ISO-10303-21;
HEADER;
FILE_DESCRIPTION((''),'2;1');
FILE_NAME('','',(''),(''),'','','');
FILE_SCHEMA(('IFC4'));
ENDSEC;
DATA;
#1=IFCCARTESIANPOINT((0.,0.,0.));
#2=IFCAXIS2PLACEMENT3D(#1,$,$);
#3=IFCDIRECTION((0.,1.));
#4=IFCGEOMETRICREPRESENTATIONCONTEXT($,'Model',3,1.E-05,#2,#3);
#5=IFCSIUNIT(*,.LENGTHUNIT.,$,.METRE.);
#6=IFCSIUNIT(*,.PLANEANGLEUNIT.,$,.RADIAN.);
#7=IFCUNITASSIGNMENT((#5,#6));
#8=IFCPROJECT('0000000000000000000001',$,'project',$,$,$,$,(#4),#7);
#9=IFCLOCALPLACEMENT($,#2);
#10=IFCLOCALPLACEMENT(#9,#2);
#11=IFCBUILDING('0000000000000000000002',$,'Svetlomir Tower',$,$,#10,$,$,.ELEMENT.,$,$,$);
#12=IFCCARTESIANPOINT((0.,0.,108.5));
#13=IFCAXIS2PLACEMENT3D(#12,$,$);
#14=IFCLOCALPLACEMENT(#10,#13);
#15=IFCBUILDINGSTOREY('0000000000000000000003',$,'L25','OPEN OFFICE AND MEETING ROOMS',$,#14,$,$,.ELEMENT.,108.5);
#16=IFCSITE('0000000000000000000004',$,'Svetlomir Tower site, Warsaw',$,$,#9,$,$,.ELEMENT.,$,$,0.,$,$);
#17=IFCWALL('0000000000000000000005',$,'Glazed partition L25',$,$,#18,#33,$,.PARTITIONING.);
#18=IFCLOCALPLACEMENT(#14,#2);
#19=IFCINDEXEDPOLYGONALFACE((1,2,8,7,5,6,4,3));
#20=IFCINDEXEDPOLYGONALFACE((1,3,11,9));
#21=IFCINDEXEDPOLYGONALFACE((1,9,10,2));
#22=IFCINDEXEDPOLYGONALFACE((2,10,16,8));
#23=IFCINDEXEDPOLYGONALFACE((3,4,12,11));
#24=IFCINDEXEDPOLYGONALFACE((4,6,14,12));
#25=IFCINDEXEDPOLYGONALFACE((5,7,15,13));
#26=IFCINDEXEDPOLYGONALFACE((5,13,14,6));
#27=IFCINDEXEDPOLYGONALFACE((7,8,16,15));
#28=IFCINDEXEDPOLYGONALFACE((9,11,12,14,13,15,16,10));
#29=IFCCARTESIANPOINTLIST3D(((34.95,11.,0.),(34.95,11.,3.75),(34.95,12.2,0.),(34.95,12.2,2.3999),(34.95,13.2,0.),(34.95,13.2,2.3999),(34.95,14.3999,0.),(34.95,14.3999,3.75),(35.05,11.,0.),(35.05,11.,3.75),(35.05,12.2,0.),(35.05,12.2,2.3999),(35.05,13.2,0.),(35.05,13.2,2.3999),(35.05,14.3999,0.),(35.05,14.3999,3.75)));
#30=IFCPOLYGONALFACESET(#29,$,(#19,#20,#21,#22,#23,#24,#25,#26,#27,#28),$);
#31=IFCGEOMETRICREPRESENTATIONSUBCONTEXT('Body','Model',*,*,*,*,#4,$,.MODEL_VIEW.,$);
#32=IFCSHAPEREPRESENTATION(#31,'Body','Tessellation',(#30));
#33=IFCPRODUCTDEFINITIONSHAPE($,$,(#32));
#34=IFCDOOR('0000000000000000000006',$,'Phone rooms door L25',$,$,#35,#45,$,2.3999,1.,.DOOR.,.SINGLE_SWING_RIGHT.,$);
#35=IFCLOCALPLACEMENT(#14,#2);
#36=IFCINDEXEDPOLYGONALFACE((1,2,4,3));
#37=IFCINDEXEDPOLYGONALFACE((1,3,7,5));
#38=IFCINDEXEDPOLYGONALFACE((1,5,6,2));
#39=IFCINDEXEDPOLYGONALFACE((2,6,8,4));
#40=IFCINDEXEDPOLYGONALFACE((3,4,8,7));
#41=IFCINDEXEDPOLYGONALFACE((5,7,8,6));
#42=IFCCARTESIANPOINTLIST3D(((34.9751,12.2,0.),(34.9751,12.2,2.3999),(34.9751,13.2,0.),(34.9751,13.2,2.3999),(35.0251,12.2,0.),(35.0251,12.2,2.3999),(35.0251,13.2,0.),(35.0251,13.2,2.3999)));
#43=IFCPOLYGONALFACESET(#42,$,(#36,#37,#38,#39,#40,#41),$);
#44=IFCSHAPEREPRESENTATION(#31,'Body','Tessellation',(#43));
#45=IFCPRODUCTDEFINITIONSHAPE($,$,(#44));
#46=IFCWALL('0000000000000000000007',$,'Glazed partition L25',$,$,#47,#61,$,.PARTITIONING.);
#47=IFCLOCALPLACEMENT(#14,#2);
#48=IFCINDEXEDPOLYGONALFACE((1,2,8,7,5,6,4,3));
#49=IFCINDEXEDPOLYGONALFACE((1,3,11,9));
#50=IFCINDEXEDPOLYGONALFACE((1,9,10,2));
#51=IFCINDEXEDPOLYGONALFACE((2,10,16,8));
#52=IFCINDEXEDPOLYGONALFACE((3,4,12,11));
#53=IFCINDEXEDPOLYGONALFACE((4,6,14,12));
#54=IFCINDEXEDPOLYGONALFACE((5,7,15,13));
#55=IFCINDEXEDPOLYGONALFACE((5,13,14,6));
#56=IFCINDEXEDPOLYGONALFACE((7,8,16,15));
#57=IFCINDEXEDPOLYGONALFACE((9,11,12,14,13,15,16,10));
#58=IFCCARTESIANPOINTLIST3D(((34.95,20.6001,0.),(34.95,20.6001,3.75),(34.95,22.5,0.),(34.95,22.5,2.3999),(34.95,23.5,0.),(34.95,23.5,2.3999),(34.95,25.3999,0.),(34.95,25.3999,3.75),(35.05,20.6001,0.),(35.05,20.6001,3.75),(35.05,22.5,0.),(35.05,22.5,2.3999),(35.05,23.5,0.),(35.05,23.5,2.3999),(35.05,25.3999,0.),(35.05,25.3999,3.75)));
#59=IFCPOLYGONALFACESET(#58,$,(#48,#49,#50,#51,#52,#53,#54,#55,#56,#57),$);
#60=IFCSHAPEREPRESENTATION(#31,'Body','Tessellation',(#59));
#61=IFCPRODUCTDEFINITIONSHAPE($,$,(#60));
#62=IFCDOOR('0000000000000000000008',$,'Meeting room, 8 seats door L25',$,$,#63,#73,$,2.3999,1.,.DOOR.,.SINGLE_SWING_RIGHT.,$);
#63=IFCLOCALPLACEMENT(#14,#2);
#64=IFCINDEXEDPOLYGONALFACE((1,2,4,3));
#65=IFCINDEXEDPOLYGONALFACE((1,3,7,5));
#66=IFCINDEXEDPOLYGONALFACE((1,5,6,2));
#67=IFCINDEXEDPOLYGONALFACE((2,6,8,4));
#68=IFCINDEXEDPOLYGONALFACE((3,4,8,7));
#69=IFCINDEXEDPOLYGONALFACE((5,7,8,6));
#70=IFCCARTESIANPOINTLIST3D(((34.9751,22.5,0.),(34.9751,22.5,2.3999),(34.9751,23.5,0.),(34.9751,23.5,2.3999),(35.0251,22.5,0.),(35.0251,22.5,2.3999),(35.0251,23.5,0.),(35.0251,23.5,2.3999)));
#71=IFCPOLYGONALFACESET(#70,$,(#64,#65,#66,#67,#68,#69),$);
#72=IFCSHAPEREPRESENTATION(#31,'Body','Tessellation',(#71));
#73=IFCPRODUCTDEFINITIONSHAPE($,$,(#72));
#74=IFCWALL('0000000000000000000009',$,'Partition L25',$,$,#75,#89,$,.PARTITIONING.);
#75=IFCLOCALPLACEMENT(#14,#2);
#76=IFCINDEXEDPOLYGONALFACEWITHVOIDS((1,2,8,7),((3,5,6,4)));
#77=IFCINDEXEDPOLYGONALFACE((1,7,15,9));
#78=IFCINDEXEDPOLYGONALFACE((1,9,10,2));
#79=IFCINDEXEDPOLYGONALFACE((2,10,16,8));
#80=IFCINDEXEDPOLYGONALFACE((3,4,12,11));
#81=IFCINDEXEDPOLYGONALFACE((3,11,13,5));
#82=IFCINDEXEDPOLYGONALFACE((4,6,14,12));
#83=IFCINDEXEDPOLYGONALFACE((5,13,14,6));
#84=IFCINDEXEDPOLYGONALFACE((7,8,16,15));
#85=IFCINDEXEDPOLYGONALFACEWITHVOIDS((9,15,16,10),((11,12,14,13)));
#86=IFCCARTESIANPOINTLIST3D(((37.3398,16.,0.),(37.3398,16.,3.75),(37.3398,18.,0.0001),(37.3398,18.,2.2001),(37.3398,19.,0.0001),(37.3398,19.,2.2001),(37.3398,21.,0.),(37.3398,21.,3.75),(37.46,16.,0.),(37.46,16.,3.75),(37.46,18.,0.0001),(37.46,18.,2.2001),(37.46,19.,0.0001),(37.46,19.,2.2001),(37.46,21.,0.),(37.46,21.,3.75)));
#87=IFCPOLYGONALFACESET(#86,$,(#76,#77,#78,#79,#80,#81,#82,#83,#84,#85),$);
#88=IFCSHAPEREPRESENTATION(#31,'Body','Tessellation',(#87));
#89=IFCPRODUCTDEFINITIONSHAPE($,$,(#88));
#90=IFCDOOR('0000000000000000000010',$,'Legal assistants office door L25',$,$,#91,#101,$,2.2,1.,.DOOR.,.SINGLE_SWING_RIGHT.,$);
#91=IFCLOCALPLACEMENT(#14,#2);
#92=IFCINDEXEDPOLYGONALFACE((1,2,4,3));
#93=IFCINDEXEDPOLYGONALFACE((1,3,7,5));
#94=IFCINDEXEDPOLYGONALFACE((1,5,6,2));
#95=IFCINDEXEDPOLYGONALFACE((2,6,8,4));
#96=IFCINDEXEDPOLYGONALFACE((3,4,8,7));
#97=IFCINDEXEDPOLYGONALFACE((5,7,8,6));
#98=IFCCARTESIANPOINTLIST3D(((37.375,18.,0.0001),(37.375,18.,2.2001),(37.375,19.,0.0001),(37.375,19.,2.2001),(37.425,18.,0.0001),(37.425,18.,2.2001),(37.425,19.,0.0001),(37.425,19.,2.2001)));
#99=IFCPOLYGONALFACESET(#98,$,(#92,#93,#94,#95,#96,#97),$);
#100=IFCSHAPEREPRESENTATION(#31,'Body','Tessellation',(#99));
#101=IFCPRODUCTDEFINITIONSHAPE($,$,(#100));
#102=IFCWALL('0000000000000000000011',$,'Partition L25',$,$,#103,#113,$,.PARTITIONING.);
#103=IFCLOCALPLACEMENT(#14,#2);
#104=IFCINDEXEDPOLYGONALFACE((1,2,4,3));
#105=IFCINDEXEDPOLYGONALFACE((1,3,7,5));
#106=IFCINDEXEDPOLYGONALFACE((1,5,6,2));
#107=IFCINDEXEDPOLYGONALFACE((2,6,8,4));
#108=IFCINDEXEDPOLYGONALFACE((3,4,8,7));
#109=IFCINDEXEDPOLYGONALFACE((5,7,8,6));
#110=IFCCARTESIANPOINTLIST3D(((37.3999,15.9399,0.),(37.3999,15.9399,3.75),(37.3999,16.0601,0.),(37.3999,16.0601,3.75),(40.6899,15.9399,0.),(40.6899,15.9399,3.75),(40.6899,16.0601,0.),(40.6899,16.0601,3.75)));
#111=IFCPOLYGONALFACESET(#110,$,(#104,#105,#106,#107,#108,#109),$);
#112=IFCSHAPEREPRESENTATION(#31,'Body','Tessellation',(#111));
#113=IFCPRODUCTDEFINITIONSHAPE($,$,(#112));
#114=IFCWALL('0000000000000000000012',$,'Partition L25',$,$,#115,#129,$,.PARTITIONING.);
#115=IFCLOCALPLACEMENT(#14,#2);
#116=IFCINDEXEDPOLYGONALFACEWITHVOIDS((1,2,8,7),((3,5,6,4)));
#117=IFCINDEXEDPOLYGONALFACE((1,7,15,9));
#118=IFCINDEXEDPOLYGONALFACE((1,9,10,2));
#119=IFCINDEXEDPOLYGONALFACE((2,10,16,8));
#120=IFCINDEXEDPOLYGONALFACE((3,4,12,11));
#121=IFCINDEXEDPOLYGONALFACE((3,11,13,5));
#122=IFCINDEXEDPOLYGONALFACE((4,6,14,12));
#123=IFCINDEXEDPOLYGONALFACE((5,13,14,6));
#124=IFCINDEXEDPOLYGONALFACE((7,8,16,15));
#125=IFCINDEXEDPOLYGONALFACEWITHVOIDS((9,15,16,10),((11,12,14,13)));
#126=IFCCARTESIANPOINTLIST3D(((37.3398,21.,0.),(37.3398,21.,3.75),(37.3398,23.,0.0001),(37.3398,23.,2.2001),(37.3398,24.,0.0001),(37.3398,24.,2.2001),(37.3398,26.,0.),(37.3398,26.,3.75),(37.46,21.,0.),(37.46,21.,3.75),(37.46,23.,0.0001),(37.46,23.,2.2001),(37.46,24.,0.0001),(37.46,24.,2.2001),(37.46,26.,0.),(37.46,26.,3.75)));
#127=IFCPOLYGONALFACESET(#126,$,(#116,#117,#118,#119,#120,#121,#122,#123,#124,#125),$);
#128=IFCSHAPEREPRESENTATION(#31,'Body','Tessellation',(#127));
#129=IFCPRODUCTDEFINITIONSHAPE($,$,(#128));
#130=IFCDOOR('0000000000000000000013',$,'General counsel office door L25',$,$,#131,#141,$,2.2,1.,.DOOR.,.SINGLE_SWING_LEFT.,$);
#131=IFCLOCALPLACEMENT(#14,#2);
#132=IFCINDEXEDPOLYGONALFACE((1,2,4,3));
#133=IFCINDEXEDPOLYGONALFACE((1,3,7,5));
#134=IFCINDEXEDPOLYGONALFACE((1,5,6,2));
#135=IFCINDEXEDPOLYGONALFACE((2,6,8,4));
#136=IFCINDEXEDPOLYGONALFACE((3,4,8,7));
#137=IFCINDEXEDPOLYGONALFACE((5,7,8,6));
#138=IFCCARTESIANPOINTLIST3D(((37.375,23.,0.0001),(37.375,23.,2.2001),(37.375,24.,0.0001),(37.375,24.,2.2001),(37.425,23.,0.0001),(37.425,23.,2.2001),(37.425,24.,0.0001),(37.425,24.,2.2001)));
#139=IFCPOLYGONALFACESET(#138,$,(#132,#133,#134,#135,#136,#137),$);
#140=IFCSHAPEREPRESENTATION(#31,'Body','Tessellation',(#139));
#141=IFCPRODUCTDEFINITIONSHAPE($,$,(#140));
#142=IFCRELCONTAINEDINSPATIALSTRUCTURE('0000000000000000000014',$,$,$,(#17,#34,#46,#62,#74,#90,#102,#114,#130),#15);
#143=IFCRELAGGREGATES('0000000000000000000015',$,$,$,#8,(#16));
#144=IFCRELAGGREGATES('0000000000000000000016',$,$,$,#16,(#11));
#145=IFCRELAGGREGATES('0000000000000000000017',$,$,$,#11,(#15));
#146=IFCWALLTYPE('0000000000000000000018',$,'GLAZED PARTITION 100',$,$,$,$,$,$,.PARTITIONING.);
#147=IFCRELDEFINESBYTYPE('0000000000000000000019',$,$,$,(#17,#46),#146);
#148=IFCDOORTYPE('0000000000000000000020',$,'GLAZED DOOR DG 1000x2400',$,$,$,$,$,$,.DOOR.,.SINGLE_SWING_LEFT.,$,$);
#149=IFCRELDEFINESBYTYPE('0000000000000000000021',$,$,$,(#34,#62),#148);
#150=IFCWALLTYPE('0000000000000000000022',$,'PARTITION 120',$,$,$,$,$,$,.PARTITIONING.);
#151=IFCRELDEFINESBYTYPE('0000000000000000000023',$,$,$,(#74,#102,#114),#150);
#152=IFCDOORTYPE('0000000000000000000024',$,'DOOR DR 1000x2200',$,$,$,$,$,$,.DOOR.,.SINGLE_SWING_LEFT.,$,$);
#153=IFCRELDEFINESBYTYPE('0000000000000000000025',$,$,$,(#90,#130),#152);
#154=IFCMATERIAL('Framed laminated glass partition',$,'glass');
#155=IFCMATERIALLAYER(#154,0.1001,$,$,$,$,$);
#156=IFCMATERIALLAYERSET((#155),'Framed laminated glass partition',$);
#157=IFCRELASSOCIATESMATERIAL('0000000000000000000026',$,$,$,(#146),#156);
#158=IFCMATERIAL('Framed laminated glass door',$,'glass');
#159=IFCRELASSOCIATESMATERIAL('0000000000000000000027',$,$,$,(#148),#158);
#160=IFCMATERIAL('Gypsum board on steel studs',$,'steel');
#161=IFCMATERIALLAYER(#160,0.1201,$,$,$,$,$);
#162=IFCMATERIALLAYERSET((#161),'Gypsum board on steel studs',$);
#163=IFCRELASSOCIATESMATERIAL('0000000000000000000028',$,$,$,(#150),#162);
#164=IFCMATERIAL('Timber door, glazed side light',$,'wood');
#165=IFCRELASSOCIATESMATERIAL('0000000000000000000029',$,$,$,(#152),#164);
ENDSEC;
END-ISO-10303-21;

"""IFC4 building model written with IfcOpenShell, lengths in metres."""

from ifc_helpers import new_model, si_unit, direction, frame, frame_2d, origin, place, context, subcontext, project, spatial, rectangle, extrude, material, layer, layer_set, type_object, element, fill, save


model = new_model("IFC4")

# Units and contexts
model_context = context("Model", 3, precision=1e-05, world=origin(), true_north=direction((0.0, 1.0)))
body_context = subcontext(model_context, "Body", "Model", "MODEL_VIEW")
ifc_project = project(units=[si_unit("LENGTHUNIT", "METRE"), si_unit("PLANEANGLEUNIT", "RADIAN")], contexts=[model_context])

# Site, building, storey
site_placement = place(None, origin())
site = spatial("IfcSite", under=ifc_project, at=site_placement, Name="Svetlomir Tower site, Warsaw", CompositionType="ELEMENT", RefElevation=0.0)
building_placement = place(site_placement, origin())
building = spatial("IfcBuilding", under=site, at=building_placement, Name="Svetlomir Tower", CompositionType="ELEMENT")
storey_placement = place(building_placement, frame((0.0, 0.0, 108.5)))
storey = spatial("IfcBuildingStorey", under=building, at=storey_placement, Name="L25", Description="OPEN OFFICE AND MEETING ROOMS", CompositionType="ELEMENT", Elevation=108.5)

# Shared definitions
ifc_material_1 = material(Name="Framed laminated glass partition", Category="glass")
ifc_layer_1 = layer(ifc_material_1, 0.1001)
ifc_layer_set_1 = layer_set([ifc_layer_1], Name="Framed laminated glass partition")
wall_type_1 = type_object("IfcWallType", Name="GLAZED PARTITION 100", PredefinedType="PARTITIONING", material=ifc_layer_set_1)

# Walls, openings, doors
wall_1_placement = place(storey_placement, frame((35.0, 11.0, 0.0), z_axis=(0.0, 0.0, 1.0), x_axis=(0.0, 1.0, 0.0)))
wall_1 = element("IfcWall", 1, at=wall_1_placement, inside=storey, type_object=wall_type_1, Name="Glazed partition L25", PredefinedType="PARTITIONING", context=body_context, shape_type="SweptSolid", body=[
    extrude(rectangle(XDim=3.3999, YDim=0.1001, at=frame_2d((1.7, 0.0))), origin(), (0.0, 0.0, 1.0), 3.75),
])
opening_1_placement = place(wall_1_placement, frame((1.2, 0.0, 0.0)))
opening_1 = element("IfcOpeningElement", 2, at=opening_1_placement, cuts=wall_1, PredefinedType="OPENING", context=body_context, shape_type="SweptSolid", body=[
    extrude(rectangle(XDim=1.0, YDim=2.3999, at=frame_2d((0.5, 1.2))), frame((0.0, 0.0601, 0.0), z_axis=(0.0, -1.0, 0.0), x_axis=(1.0, 0.0, 0.0)), (0.0, 0.0, 1.0), 0.1201),
])
ifc_material_2 = material(Name="Framed laminated glass door", Category="glass")
door_type_1 = type_object("IfcDoorType", Name="GLAZED DOOR DG 1000x2400", OperationType="SINGLE_SWING_LEFT", PredefinedType="DOOR", material=ifc_material_2)
door_1_placement = place(opening_1_placement, origin())
door_1 = element("IfcDoor", 3, at=door_1_placement, inside=storey, type_object=door_type_1, Name="Phone rooms door L25", OperationType="SINGLE_SWING_RIGHT", OverallHeight=2.3999, OverallWidth=1.0, PredefinedType="DOOR", context=body_context, shape_type="SweptSolid", body=[
    extrude(rectangle(XDim=1.0, YDim=2.3999, at=frame_2d((0.5, 1.2))), frame((0.0, 0.0249, 0.0), z_axis=(0.0, -1.0, 0.0), x_axis=(1.0, 0.0, 0.0)), (0.0, 0.0, 1.0), 0.05),
])
fill(opening_1, door_1)
wall_2_placement = place(storey_placement, frame((35.0, 20.6001, 0.0), z_axis=(0.0, 0.0, 1.0), x_axis=(0.0, 1.0, 0.0)))
wall_2 = element("IfcWall", 4, at=wall_2_placement, inside=storey, type_object=wall_type_1, Name="Glazed partition L25", PredefinedType="PARTITIONING", context=body_context, shape_type="SweptSolid", body=[
    extrude(rectangle(XDim=4.7998, YDim=0.1001, at=frame_2d((2.3999, 0.0))), origin(), (0.0, 0.0, 1.0), 3.75),
])
opening_2_placement = place(wall_2_placement, frame((1.8999, 0.0, 0.0)))
opening_2 = element("IfcOpeningElement", 5, at=opening_2_placement, cuts=wall_2, PredefinedType="OPENING", context=body_context, shape_type="SweptSolid", body=[
    extrude(rectangle(XDim=1.0, YDim=2.3999, at=frame_2d((0.5, 1.2))), frame((0.0, 0.0601, 0.0), z_axis=(0.0, -1.0, 0.0), x_axis=(1.0, 0.0, 0.0)), (0.0, 0.0, 1.0), 0.1201),
])
door_2_placement = place(opening_2_placement, origin())
door_2 = element("IfcDoor", 6, at=door_2_placement, inside=storey, type_object=door_type_1, Name="Meeting room, 8 seats door L25", OperationType="SINGLE_SWING_RIGHT", OverallHeight=2.3999, OverallWidth=1.0, PredefinedType="DOOR", context=body_context, shape_type="SweptSolid", body=[
    extrude(rectangle(XDim=1.0, YDim=2.3999, at=frame_2d((0.5, 1.2))), frame((0.0, 0.0249, 0.0), z_axis=(0.0, -1.0, 0.0), x_axis=(1.0, 0.0, 0.0)), (0.0, 0.0, 1.0), 0.05),
])
fill(opening_2, door_2)
ifc_material_3 = material(Name="Gypsum board on steel studs", Category="steel")
ifc_layer_2 = layer(ifc_material_3, 0.1201)
ifc_layer_set_2 = layer_set([ifc_layer_2], Name="Gypsum board on steel studs")
wall_type_2 = type_object("IfcWallType", Name="PARTITION 120", PredefinedType="PARTITIONING", material=ifc_layer_set_2)
wall_3_placement = place(storey_placement, frame((37.3999, 16.0, 0.0), z_axis=(0.0, 0.0, 1.0), x_axis=(0.0, 1.0, 0.0)))
wall_3 = element("IfcWall", 7, at=wall_3_placement, inside=storey, type_object=wall_type_2, Name="Partition L25", PredefinedType="PARTITIONING", context=body_context, shape_type="SweptSolid", body=[
    extrude(rectangle(XDim=5.0, YDim=0.1201, at=frame_2d((2.5, 0.0))), origin(), (0.0, 0.0, 1.0), 3.75),
])
opening_3_placement = place(wall_3_placement, frame((2.0, 0.0, 0.0)))
opening_3 = element("IfcOpeningElement", 8, at=opening_3_placement, cuts=wall_3, PredefinedType="OPENING", context=body_context, shape_type="SweptSolid", body=[
    extrude(rectangle(XDim=1.0, YDim=2.2, at=frame_2d((0.5, 1.1001))), frame((0.0, 0.0701, 0.0), z_axis=(0.0, -1.0, 0.0), x_axis=(1.0, 0.0, 0.0)), (0.0, 0.0, 1.0), 0.1401),
])
ifc_material_4 = material(Name="Timber door, glazed side light", Category="wood")
door_type_2 = type_object("IfcDoorType", Name="DOOR DR 1000x2200", OperationType="SINGLE_SWING_LEFT", PredefinedType="DOOR", material=ifc_material_4)
door_3_placement = place(opening_3_placement, origin())
door_3 = element("IfcDoor", 9, at=door_3_placement, inside=storey, type_object=door_type_2, Name="Legal assistants office door L25", OperationType="SINGLE_SWING_RIGHT", OverallHeight=2.2, OverallWidth=1.0, PredefinedType="DOOR", context=body_context, shape_type="SweptSolid", body=[
    extrude(rectangle(XDim=1.0, YDim=2.2, at=frame_2d((0.5, 1.1001))), frame((0.0, 0.0249, 0.0), z_axis=(0.0, -1.0, 0.0), x_axis=(1.0, 0.0, 0.0)), (0.0, 0.0, 1.0), 0.05),
])
fill(opening_3, door_3)

# Wall
wall_4_placement = place(storey_placement, frame((37.3999, 16.0, 0.0), z_axis=(0.0, 0.0, 1.0), x_axis=(1.0, 0.0, 0.0)))
element("IfcWall", 10, at=wall_4_placement, inside=storey, type_object=wall_type_2, Name="Partition L25", PredefinedType="PARTITIONING", context=body_context, shape_type="SweptSolid", body=[
    extrude(rectangle(XDim=3.29, YDim=0.1201, at=frame_2d((1.645, 0.0))), origin(), (0.0, 0.0, 1.0), 3.75),
])

# Wall, opening, door
wall_5_placement = place(storey_placement, frame((37.3999, 21.0, 0.0), z_axis=(0.0, 0.0, 1.0), x_axis=(0.0, 1.0, 0.0)))
wall_5 = element("IfcWall", 11, at=wall_5_placement, inside=storey, type_object=wall_type_2, Name="Partition L25", PredefinedType="PARTITIONING", context=body_context, shape_type="SweptSolid", body=[
    extrude(rectangle(XDim=5.0, YDim=0.1201, at=frame_2d((2.5, 0.0))), origin(), (0.0, 0.0, 1.0), 3.75),
])
opening_4_placement = place(wall_5_placement, frame((2.0, 0.0, 0.0)))
opening_4 = element("IfcOpeningElement", 12, at=opening_4_placement, cuts=wall_5, PredefinedType="OPENING", context=body_context, shape_type="SweptSolid", body=[
    extrude(rectangle(XDim=1.0, YDim=2.2, at=frame_2d((0.5, 1.1001))), frame((0.0, 0.0701, 0.0), z_axis=(0.0, -1.0, 0.0), x_axis=(1.0, 0.0, 0.0)), (0.0, 0.0, 1.0), 0.1401),
])
door_4_placement = place(opening_4_placement, origin())
door_4 = element("IfcDoor", 13, at=door_4_placement, inside=storey, type_object=door_type_2, Name="General counsel office door L25", OperationType="SINGLE_SWING_LEFT", OverallHeight=2.2, OverallWidth=1.0, PredefinedType="DOOR", context=body_context, shape_type="SweptSolid", body=[
    extrude(rectangle(XDim=1.0, YDim=2.2, at=frame_2d((0.5, 1.1001))), frame((0.0, 0.0249, 0.0), z_axis=(0.0, -1.0, 0.0), x_axis=(1.0, 0.0, 0.0)), (0.0, 0.0, 1.0), 0.05),
])
fill(opening_4, door_4)

save(model, "model.ifc")
